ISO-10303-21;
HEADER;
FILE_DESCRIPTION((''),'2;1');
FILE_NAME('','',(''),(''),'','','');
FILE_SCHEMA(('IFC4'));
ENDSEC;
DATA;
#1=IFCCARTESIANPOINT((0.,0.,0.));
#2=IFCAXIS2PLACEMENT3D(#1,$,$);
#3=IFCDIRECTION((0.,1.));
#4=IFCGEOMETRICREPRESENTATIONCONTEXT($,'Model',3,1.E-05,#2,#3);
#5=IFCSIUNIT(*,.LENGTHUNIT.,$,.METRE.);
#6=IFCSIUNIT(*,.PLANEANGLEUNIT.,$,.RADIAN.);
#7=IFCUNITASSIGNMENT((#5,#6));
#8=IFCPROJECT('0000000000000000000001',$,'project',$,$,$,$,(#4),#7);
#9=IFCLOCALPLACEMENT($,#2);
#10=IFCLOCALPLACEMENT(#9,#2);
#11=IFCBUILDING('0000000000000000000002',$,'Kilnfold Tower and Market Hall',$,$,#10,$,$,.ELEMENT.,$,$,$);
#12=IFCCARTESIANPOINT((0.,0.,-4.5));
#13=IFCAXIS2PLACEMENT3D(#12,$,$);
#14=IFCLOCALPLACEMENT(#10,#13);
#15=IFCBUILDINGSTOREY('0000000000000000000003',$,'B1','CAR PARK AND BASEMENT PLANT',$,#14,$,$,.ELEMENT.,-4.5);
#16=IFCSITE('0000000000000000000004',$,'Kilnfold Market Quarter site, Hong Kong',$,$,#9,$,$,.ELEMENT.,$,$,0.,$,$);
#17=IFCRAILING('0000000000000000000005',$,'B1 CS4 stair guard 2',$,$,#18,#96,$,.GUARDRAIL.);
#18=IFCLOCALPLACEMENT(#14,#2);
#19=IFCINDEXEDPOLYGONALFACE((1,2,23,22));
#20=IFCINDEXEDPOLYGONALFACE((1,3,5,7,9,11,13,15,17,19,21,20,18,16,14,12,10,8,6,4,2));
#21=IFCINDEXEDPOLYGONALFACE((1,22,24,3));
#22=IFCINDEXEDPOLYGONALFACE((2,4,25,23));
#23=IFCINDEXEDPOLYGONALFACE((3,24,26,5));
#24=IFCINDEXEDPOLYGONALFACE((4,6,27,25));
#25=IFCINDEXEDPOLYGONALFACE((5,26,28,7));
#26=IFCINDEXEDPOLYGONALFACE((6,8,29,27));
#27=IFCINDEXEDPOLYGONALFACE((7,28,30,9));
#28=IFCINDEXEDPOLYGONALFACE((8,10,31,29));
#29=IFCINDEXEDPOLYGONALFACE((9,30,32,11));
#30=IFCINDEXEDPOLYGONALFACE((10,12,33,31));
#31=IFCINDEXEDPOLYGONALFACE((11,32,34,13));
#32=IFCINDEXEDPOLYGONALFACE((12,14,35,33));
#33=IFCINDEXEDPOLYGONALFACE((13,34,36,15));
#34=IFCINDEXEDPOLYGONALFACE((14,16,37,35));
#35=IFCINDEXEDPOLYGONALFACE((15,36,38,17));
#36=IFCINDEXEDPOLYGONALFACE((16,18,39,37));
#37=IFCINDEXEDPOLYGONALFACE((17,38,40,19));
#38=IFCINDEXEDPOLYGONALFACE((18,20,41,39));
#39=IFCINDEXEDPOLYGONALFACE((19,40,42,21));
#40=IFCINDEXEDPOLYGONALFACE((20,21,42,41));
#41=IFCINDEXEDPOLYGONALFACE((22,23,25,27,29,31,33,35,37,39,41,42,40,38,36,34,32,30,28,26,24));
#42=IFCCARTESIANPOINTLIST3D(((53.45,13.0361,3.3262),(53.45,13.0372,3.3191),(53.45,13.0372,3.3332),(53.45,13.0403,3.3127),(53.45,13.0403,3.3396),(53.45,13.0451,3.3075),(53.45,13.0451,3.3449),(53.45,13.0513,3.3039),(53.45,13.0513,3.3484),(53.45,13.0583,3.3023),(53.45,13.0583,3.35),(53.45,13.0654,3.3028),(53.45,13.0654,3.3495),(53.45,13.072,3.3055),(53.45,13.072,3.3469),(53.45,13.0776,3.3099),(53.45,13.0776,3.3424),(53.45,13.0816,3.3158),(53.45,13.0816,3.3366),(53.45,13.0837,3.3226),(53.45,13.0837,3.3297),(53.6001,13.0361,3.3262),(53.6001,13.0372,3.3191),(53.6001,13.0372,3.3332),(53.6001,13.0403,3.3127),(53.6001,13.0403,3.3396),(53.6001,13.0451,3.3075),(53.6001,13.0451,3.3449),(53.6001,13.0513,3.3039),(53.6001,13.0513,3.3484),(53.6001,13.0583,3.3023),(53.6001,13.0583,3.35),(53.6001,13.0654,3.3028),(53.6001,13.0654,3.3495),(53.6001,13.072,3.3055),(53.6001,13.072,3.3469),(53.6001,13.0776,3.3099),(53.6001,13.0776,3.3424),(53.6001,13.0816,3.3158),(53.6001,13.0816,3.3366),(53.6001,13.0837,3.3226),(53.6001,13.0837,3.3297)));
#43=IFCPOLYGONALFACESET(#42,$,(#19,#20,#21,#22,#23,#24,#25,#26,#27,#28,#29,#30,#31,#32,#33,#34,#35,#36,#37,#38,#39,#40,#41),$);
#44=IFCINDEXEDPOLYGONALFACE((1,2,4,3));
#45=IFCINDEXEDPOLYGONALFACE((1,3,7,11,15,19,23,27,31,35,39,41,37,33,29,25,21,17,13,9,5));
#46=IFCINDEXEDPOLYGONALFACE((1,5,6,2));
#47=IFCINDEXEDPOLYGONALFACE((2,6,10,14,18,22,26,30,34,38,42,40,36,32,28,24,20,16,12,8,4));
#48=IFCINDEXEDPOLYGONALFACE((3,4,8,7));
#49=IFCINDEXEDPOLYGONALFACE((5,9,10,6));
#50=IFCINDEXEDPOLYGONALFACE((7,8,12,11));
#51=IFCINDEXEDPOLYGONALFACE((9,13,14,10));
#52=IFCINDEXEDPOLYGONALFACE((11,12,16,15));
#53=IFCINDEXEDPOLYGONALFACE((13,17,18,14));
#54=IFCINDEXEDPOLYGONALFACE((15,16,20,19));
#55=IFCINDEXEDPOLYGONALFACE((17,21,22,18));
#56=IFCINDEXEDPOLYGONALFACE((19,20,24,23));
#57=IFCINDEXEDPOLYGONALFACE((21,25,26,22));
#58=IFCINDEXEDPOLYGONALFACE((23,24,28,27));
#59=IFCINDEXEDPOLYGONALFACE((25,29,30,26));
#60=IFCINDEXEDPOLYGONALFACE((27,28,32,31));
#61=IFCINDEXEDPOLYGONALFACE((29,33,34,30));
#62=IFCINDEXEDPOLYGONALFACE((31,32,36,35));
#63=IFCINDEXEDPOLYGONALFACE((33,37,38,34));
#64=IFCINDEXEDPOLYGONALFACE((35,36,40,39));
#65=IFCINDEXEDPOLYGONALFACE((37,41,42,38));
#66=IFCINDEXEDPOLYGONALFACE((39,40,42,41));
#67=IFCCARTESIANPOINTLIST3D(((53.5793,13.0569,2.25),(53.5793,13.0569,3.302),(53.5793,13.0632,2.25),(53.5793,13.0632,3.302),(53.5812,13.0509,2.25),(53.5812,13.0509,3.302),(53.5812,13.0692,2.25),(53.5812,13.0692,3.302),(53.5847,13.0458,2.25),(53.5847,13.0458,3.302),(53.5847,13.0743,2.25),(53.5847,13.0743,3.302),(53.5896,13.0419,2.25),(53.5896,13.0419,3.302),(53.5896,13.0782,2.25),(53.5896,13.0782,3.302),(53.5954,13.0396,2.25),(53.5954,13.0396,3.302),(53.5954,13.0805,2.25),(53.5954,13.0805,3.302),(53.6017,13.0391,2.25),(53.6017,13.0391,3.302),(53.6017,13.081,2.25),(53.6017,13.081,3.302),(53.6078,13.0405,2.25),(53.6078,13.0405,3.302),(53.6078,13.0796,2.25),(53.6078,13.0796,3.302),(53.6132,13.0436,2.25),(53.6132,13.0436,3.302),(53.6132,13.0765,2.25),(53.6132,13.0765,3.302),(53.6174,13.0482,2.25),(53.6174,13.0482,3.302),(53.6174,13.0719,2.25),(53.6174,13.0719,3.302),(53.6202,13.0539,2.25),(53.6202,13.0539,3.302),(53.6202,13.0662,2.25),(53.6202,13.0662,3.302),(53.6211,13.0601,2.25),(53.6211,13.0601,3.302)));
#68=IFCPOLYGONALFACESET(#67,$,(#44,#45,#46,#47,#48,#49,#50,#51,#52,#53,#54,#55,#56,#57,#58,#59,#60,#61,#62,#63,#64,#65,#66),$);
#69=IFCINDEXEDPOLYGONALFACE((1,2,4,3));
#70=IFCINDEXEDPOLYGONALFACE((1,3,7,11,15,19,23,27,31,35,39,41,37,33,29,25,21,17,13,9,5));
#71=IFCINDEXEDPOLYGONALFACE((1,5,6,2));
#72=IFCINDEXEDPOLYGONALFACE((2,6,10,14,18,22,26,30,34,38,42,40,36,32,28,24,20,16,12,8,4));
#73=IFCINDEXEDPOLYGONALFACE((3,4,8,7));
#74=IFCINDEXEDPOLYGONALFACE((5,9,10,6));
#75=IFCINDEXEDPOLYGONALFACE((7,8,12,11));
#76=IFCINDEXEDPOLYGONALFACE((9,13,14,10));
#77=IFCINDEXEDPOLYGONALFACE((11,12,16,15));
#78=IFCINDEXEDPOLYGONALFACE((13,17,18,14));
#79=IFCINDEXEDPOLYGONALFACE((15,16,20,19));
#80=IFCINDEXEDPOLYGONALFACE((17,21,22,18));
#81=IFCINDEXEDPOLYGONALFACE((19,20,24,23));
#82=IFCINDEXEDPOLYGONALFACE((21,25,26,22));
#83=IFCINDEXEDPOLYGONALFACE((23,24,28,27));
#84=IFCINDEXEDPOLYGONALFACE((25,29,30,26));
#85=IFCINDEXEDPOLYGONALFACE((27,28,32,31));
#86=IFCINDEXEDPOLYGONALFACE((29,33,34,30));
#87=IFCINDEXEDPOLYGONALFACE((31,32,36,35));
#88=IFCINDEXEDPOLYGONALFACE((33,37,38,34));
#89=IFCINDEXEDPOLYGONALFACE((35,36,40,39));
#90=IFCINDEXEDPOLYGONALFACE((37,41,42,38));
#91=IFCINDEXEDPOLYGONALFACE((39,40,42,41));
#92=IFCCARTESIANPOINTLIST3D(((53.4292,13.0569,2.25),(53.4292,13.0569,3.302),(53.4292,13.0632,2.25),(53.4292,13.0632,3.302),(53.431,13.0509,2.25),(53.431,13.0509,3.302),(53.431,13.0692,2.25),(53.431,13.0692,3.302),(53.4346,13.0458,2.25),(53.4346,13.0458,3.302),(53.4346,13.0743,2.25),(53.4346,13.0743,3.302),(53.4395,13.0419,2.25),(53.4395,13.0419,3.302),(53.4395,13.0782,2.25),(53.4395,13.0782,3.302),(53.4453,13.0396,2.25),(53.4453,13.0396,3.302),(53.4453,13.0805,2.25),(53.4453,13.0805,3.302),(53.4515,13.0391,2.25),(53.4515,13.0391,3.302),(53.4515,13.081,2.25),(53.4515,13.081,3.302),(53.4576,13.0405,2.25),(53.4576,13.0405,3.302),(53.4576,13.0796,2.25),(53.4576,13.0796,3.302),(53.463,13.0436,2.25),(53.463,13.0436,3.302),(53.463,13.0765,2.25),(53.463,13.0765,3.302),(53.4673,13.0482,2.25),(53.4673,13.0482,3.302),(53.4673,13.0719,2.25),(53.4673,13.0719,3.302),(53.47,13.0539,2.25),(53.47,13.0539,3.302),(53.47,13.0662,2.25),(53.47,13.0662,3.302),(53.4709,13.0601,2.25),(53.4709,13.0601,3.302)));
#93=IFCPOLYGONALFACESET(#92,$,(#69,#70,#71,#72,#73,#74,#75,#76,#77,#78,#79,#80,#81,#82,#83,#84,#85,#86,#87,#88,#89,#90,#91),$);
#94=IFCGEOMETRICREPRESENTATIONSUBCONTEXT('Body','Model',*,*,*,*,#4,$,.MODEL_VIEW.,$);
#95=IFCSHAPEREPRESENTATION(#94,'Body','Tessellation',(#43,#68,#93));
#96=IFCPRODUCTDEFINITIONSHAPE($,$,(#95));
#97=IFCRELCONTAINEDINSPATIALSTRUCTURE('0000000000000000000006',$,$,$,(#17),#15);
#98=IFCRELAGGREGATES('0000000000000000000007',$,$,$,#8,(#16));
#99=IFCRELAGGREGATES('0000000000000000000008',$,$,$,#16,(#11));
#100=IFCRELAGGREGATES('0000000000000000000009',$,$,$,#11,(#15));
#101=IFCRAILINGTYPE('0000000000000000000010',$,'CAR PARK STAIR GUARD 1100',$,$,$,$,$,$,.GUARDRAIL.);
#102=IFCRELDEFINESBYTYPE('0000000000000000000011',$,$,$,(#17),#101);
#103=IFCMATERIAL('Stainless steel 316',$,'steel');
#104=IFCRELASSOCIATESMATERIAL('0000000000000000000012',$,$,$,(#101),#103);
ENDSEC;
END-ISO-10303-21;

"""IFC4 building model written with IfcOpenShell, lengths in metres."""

from ifc_helpers import new_model, si_unit, direction, frame, origin, origin_2d, place, context, subcontext, project, spatial, circle, extrude, material, type_object, element, save


model = new_model("IFC4")

# Units and contexts
model_context = context("Model", 3, precision=1e-05, world=origin(), true_north=direction((0.0, 1.0)))
body_context = subcontext(model_context, "Body", "Model", "MODEL_VIEW")
ifc_project = project(units=[si_unit("LENGTHUNIT", "METRE"), si_unit("PLANEANGLEUNIT", "RADIAN")], contexts=[model_context])

# Site, building, storey
site_placement = place(None, origin())
site = spatial("IfcSite", under=ifc_project, at=site_placement, Name="Kilnfold Market Quarter site, Hong Kong", CompositionType="ELEMENT", RefElevation=0.0)
building_placement = place(site_placement, origin())
building = spatial("IfcBuilding", under=site, at=building_placement, Name="Kilnfold Tower and Market Hall", CompositionType="ELEMENT")
storey_placement = place(building_placement, frame((0.0, 0.0, -4.5)))
storey = spatial("IfcBuildingStorey", under=building, at=storey_placement, Name="B1", Description="CAR PARK AND BASEMENT PLANT", CompositionType="ELEMENT", Elevation=-4.5)

# Railing
ifc_material_1 = material(Name="Stainless steel 316", Category="steel")
railing_type_1 = type_object("IfcRailingType", Name="CAR PARK STAIR GUARD 1100", PredefinedType="GUARDRAIL", material=ifc_material_1)
railing_1_placement = place(storey_placement, frame((53.6001, 13.0601, 2.25)))
element("IfcRailing", 1, at=railing_1_placement, inside=storey, type_object=railing_type_1, Name="B1 CS4 stair guard 2", PredefinedType="GUARDRAIL", context=body_context, shape_type="SweptSolid", body=[
    extrude(circle(Radius=0.0239, at=origin_2d()), frame((0.0, 0.0, 1.0762), z_axis=(-1.0, 0.0, 0.0), x_axis=(0.0, -1.0, 0.0)), (0.0, 0.0, 1.0), 0.1501),
    extrude(circle(Radius=0.021, at=origin_2d()), origin(), (0.0, 0.0, 1.0), 1.052),
    extrude(circle(Radius=0.021, at=origin_2d()), frame((-0.1501, 0.0, 0.0)), (0.0, 0.0, 1.0), 1.052),
])

save(model, "model.ifc")
